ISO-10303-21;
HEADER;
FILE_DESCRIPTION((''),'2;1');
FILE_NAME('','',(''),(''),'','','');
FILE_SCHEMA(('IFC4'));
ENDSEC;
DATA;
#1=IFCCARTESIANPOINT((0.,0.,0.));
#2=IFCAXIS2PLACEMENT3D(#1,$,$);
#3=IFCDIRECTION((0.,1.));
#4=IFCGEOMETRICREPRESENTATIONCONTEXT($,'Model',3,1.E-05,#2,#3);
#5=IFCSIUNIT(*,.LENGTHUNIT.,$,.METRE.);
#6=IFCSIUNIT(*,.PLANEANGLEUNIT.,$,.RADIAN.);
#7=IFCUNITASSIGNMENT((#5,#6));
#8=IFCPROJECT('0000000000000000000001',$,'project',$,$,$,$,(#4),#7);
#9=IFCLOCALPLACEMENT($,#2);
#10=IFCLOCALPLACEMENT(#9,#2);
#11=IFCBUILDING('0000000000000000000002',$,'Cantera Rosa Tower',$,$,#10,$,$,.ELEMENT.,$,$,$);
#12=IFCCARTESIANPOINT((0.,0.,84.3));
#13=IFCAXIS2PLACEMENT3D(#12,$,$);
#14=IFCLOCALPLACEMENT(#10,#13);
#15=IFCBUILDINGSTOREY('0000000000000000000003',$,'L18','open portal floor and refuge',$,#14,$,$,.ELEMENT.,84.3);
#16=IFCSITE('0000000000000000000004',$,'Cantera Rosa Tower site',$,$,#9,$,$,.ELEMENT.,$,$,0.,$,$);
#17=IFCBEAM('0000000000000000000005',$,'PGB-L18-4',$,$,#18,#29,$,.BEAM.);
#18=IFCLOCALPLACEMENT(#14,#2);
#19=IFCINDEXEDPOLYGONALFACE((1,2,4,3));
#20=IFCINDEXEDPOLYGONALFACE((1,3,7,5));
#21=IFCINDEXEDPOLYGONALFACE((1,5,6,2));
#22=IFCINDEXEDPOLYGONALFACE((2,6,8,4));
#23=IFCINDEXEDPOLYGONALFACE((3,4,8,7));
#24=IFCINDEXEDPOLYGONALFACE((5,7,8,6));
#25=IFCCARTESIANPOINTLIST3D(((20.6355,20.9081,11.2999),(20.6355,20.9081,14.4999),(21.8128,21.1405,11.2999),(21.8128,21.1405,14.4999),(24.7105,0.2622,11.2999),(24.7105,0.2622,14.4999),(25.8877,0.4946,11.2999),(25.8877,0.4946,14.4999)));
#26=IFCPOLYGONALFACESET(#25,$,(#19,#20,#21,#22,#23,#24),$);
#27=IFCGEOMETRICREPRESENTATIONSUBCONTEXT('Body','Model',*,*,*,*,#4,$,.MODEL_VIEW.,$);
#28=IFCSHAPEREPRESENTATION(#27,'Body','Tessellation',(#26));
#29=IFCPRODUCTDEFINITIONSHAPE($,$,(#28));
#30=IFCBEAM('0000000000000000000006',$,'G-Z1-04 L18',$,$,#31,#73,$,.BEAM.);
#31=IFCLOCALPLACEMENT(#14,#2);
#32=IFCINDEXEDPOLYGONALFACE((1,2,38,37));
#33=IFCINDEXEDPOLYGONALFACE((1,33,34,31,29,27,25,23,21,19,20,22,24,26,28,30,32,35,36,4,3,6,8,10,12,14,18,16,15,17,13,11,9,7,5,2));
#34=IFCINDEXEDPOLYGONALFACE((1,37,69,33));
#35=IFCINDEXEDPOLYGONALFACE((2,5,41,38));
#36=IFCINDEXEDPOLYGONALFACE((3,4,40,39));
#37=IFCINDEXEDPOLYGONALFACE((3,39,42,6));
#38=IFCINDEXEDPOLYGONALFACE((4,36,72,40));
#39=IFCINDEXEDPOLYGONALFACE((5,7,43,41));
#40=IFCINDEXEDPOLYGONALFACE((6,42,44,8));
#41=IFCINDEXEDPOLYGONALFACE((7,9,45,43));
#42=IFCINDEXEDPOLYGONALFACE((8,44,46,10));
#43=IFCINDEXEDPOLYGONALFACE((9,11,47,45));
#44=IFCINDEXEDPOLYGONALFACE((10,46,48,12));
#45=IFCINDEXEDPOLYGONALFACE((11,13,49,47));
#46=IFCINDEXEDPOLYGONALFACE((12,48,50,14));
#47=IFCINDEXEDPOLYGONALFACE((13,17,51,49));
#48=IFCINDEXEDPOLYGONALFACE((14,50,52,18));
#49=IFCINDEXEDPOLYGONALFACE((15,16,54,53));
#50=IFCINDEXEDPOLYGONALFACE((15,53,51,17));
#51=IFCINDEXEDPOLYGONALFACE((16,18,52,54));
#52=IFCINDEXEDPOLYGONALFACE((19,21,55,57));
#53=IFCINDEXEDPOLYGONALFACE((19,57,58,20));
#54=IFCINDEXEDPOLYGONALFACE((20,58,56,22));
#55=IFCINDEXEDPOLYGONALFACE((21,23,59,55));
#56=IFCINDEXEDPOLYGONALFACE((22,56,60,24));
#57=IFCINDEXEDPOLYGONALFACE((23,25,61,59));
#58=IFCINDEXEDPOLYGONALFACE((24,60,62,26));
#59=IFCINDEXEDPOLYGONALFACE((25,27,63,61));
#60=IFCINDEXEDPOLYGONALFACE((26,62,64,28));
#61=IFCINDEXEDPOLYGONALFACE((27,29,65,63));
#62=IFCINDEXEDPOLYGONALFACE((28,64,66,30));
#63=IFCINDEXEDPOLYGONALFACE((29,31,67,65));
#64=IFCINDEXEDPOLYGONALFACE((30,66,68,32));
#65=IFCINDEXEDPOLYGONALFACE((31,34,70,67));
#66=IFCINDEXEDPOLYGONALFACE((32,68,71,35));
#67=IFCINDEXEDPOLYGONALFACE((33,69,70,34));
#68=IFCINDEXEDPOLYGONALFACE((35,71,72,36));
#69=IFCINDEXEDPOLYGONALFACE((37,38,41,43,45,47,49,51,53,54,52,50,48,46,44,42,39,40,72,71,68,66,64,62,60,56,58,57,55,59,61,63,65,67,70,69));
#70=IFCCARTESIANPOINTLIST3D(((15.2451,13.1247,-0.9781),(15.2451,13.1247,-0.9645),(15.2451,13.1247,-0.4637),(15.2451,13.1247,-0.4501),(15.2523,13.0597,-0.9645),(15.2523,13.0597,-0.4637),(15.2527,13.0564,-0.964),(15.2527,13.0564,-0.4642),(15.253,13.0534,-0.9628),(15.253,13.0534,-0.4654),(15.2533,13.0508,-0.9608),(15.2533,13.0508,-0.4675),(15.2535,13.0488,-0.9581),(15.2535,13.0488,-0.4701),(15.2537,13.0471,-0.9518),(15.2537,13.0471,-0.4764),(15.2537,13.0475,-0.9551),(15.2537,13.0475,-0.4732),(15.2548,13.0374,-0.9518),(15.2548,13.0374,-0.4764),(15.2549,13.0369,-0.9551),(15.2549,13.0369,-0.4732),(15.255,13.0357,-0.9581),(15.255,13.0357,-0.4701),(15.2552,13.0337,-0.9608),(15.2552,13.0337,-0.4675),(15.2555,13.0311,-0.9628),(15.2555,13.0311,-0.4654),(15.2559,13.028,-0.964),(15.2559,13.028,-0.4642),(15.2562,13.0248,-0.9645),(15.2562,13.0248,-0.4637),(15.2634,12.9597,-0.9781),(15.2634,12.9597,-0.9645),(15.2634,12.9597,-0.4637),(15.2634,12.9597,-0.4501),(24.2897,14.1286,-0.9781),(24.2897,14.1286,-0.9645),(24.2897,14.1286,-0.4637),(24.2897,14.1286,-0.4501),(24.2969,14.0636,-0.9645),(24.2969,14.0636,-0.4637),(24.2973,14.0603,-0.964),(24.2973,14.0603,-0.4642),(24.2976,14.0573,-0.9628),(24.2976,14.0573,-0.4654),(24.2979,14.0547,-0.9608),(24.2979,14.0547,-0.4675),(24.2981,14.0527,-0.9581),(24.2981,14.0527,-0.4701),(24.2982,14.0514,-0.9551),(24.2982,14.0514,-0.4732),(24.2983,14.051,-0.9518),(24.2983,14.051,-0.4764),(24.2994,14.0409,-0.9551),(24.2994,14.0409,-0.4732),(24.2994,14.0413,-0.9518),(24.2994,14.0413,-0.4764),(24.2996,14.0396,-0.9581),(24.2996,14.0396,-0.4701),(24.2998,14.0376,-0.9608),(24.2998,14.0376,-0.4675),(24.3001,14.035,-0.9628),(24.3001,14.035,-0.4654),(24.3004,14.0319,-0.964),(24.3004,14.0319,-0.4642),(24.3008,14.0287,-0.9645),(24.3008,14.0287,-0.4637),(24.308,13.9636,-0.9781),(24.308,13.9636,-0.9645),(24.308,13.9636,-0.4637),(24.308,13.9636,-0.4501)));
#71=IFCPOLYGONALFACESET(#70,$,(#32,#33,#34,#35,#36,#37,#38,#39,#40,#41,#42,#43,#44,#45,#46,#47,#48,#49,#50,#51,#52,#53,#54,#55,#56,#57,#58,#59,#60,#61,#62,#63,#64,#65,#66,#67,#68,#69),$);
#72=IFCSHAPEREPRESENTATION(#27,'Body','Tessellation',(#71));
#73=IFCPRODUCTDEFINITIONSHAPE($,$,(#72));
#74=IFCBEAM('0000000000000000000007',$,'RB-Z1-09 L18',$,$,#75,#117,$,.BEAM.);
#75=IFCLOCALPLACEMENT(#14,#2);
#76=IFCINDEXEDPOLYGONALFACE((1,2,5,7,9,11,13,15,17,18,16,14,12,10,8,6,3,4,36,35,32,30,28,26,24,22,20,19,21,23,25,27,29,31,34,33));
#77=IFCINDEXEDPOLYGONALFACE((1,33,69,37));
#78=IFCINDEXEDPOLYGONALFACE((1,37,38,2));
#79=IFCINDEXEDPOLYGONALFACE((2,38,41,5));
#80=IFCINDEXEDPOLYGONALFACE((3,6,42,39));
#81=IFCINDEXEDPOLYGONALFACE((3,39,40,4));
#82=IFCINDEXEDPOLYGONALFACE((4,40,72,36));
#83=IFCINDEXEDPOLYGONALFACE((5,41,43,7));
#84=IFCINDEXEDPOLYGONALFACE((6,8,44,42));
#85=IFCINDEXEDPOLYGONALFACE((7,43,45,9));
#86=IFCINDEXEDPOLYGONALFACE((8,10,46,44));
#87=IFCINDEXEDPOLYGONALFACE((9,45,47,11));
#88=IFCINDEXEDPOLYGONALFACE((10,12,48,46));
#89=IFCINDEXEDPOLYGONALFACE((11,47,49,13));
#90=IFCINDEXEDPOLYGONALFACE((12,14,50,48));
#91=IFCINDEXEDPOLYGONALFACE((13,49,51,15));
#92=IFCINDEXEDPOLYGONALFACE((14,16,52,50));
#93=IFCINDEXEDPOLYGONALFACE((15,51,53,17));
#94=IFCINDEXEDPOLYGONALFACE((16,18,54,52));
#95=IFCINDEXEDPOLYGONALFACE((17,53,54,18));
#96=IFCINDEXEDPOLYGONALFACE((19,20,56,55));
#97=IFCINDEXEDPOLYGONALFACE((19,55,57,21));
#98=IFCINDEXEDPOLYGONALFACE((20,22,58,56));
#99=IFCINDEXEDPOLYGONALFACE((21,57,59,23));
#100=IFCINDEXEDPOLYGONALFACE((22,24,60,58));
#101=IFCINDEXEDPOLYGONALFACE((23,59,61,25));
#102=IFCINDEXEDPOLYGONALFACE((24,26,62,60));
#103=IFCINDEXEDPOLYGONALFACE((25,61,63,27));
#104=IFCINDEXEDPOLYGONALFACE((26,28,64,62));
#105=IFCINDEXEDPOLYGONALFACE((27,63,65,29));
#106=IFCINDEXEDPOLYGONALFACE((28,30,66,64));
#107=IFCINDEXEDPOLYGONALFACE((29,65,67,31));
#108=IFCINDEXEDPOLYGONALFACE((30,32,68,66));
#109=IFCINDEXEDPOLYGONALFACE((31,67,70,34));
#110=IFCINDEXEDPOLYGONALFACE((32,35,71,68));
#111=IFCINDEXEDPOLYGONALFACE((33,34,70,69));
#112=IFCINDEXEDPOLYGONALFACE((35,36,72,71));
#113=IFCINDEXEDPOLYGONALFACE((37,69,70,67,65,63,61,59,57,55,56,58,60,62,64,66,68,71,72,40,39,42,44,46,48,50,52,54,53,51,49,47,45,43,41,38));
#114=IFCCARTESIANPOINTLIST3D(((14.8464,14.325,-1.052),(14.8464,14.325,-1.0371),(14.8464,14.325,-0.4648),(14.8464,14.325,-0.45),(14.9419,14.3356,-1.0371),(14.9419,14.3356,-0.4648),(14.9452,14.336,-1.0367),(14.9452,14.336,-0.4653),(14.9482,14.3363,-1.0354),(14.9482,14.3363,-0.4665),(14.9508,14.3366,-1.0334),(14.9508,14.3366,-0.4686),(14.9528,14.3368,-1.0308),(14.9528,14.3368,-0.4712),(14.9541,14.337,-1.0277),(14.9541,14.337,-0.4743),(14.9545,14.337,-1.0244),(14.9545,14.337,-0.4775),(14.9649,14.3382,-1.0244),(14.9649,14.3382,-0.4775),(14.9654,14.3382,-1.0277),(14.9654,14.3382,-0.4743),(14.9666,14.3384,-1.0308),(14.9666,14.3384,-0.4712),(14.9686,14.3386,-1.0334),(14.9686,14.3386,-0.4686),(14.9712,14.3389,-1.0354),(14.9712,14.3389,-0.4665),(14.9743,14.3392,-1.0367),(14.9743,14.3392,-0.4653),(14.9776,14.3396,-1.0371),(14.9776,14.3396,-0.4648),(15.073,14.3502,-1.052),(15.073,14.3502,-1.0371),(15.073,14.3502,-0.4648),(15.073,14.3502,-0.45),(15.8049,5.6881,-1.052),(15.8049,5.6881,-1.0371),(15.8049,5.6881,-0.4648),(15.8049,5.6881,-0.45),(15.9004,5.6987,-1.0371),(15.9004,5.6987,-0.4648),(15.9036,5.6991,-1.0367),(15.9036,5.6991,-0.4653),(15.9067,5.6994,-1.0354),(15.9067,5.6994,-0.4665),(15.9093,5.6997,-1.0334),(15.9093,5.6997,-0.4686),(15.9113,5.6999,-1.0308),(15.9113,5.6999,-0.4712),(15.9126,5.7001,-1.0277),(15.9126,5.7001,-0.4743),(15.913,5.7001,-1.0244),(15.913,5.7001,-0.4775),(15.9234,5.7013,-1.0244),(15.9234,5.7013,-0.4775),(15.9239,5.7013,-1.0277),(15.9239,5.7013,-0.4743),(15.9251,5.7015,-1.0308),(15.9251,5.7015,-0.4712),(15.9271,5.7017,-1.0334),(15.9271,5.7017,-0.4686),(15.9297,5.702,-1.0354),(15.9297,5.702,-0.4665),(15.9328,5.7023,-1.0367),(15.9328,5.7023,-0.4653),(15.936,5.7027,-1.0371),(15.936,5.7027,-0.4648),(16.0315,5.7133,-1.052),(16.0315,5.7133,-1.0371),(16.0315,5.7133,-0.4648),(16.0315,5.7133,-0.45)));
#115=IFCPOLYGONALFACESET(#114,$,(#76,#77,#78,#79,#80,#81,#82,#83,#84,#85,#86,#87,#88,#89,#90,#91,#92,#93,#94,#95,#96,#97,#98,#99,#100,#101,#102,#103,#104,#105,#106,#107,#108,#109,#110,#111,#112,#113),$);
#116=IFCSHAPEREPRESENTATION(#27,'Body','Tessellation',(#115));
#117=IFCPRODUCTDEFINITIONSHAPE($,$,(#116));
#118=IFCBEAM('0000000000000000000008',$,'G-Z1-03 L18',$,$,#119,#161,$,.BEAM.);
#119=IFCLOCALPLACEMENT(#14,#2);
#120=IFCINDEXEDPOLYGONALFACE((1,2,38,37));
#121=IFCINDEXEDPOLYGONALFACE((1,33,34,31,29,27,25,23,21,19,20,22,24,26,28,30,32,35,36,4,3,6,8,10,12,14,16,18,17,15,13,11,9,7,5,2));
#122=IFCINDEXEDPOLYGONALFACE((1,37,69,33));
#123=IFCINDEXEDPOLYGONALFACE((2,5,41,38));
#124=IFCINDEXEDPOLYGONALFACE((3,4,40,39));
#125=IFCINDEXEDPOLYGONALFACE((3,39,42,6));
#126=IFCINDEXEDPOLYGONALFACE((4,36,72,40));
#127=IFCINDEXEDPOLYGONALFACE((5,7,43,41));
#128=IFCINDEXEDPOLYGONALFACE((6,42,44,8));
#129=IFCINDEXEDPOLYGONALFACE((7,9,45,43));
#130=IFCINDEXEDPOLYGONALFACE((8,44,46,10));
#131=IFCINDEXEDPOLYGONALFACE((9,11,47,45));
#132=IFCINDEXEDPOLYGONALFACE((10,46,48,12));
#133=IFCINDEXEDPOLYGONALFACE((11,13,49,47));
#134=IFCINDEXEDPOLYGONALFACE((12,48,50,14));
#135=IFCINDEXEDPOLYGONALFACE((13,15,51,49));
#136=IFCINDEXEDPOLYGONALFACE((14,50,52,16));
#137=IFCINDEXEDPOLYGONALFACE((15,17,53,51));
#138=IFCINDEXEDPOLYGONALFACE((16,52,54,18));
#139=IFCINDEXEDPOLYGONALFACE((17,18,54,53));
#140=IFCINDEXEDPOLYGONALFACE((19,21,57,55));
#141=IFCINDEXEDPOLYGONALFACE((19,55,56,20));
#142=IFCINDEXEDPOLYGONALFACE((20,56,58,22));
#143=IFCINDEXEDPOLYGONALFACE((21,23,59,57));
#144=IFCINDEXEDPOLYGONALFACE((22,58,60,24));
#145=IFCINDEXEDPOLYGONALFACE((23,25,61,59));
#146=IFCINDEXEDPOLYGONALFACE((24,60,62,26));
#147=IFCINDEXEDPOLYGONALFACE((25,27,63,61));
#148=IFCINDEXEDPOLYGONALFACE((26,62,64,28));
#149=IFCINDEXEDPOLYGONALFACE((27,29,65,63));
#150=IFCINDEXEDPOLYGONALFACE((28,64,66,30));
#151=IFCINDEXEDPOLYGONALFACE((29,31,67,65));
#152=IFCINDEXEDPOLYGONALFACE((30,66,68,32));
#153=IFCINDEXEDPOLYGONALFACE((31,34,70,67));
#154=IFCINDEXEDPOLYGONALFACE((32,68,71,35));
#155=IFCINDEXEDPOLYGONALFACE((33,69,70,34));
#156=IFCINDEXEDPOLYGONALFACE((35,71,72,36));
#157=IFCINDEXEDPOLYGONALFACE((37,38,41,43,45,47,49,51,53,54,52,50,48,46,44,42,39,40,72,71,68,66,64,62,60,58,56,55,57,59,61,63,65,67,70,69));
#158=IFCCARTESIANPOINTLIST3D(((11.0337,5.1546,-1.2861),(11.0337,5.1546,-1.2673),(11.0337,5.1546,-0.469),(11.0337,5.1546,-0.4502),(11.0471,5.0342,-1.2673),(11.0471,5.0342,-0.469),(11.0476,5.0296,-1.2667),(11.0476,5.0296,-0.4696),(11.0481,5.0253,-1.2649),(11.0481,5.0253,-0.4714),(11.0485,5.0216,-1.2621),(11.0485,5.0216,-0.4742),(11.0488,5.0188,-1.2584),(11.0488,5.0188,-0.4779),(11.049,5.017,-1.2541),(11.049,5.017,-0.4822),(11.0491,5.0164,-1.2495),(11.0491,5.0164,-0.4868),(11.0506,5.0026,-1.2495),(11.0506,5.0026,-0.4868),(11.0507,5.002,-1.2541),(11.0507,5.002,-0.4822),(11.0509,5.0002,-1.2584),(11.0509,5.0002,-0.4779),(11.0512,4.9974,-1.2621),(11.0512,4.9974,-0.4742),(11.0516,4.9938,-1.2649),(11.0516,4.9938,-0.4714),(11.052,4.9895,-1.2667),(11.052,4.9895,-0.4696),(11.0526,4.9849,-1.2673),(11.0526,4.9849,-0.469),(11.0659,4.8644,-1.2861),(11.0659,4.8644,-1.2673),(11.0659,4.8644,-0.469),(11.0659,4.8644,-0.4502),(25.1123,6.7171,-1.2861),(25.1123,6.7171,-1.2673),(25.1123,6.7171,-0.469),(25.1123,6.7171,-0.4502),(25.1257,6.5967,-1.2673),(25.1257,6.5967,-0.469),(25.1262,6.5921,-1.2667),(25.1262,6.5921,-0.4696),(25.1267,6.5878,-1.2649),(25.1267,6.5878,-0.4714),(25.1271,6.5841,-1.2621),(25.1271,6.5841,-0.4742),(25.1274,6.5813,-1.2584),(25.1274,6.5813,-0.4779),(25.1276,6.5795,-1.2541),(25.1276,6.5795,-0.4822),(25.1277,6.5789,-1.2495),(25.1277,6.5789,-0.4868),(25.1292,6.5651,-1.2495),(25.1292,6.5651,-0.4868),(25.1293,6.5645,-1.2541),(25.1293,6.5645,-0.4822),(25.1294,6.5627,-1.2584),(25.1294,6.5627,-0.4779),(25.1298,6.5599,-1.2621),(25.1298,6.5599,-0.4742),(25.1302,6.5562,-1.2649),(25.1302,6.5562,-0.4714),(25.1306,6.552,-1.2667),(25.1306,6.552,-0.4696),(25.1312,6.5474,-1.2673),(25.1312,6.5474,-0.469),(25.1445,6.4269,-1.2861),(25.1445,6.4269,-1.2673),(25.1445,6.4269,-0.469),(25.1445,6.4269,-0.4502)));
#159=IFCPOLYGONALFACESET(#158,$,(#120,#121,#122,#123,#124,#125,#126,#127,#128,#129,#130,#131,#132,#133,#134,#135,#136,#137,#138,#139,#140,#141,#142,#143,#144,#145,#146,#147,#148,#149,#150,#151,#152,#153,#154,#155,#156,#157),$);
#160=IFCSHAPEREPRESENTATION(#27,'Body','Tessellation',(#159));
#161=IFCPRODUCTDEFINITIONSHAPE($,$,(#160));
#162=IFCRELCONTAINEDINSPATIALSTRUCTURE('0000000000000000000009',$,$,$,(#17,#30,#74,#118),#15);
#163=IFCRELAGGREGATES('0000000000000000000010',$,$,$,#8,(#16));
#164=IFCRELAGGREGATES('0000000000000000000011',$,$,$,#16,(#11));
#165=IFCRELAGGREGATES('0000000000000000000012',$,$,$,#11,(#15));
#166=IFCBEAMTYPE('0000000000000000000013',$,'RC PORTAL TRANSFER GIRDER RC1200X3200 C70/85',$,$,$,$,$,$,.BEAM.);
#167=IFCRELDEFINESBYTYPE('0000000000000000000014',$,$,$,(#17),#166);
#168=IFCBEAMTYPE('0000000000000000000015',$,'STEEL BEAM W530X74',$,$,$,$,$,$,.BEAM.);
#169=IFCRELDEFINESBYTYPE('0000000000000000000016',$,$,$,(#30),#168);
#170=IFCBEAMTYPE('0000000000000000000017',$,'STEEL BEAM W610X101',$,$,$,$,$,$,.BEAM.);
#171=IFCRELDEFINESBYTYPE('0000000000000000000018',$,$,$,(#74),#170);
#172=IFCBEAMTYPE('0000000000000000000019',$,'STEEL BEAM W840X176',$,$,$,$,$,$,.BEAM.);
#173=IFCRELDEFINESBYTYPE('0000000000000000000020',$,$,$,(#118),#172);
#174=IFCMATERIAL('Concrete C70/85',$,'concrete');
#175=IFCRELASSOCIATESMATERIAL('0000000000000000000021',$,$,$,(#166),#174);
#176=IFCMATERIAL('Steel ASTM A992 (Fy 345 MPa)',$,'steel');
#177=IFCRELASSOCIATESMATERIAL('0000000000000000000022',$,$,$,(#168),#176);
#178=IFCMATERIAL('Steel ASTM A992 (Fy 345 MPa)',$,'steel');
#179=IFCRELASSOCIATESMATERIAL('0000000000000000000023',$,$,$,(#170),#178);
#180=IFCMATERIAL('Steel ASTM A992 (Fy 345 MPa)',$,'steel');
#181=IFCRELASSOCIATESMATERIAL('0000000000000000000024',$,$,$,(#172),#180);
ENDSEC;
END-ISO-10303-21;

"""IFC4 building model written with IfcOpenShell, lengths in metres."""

from ifc_helpers import new_model, si_unit, direction, frame, origin, origin_2d, place, context, subcontext, project, spatial, rectangle, i_section, extrude, material, material_profile, profile_set, type_object, element, save


model = new_model("IFC4")

# Units and contexts
model_context = context("Model", 3, precision=1e-05, world=origin(), true_north=direction((0.0, 1.0)))
body_context = subcontext(model_context, "Body", "Model", "MODEL_VIEW")
ifc_project = project(units=[si_unit("LENGTHUNIT", "METRE"), si_unit("PLANEANGLEUNIT", "RADIAN")], contexts=[model_context])

# Site, building, storey
site_placement = place(None, origin())
site = spatial("IfcSite", under=ifc_project, at=site_placement, Name="Cantera Rosa Tower site", CompositionType="ELEMENT", RefElevation=0.0)
building_placement = place(site_placement, origin())
building = spatial("IfcBuilding", under=site, at=building_placement, Name="Cantera Rosa Tower", CompositionType="ELEMENT")
storey_placement = place(building_placement, frame((0.0, 0.0, 84.3)))
storey = spatial("IfcBuildingStorey", under=building, at=storey_placement, Name="L18", Description="open portal floor and refuge", CompositionType="ELEMENT", Elevation=84.3)

# Beams
ifc_material_1 = material(Name="Concrete C70/85", Category="concrete")
ifc_material_profile_1 = material_profile(ifc_material_1, rectangle(XDim=1.2, YDim=3.2, at=origin_2d()), Name="RC PORTAL TRANSFER GIRDER RC1200X3200 C70/85")
ifc_profile_set_1 = profile_set([ifc_material_profile_1], Name="Concrete C70/85")
beam_type_1 = type_object("IfcBeamType", Name="RC PORTAL TRANSFER GIRDER RC1200X3200 C70/85", PredefinedType="BEAM", material=ifc_profile_set_1)
beam_1_placement = place(storey_placement, frame((25.2991, 0.3784, 12.8999), z_axis=(-0.193637, 0.981073, 0.0), x_axis=(-0.981073, -0.193637, 0.0)))
element("IfcBeam", 1, at=beam_1_placement, inside=storey, type_object=beam_type_1, Name="PGB-L18-4", PredefinedType="BEAM", context=body_context, shape_type="SweptSolid", body=[
    extrude(rectangle(XDim=1.2, YDim=3.2, at=origin_2d()), origin(), (0.0, 0.0, 1.0), 21.0442),
])
ifc_material_2 = material(Name="Steel ASTM A992 (Fy 345 MPa)", Category="steel")
ifc_material_profile_2 = material_profile(ifc_material_2, i_section(OverallWidth=0.166, OverallDepth=0.5281, WebThickness=0.0098, FlangeThickness=0.0137, FilletRadius=0.0127, at=origin_2d()), Name="W530X74")
ifc_profile_set_2 = profile_set([ifc_material_profile_2], Name="Steel ASTM A992 (Fy 345 MPa)")
beam_type_2 = type_object("IfcBeamType", Name="STEEL BEAM W530X74", PredefinedType="BEAM", material=ifc_profile_set_2)
beam_2_placement = place(storey_placement, frame((24.2988, 14.0461, -0.7141), z_axis=(-0.993896, -0.11032, 0.0), x_axis=(0.11032, -0.993896, 0.0)))
element("IfcBeam", 2, at=beam_2_placement, inside=storey, type_object=beam_type_2, Name="G-Z1-04 L18", PredefinedType="BEAM", context=body_context, shape_type="SweptSolid", body=[
    extrude(i_section(OverallWidth=0.166, OverallDepth=0.5281, WebThickness=0.0098, FlangeThickness=0.0137, FilletRadius=0.0127, at=origin_2d()), origin(), (0.0, 0.0, 1.0), 9.1001),
])
ifc_material_3 = material(Name="Steel ASTM A992 (Fy 345 MPa)", Category="steel")
ifc_material_profile_3 = material_profile(ifc_material_3, i_section(OverallWidth=0.228, OverallDepth=0.6021, WebThickness=0.0105, FlangeThickness=0.0149, FilletRadius=0.0127, at=origin_2d()), Name="W610X101")
ifc_profile_set_3 = profile_set([ifc_material_profile_3], Name="Steel ASTM A992 (Fy 345 MPa)")
beam_type_3 = type_object("IfcBeamType", Name="STEEL BEAM W610X101", PredefinedType="BEAM", material=ifc_profile_set_3)
beam_3_placement = place(storey_placement, frame((15.9182, 5.7007, -0.751), z_axis=(-0.110299, 0.993898, 0.0), x_axis=(-0.993898, -0.110299, 0.0)))
element("IfcBeam", 3, at=beam_3_placement, inside=storey, type_object=beam_type_3, Name="RB-Z1-09 L18", PredefinedType="BEAM", context=body_context, shape_type="SweptSolid", body=[
    extrude(i_section(OverallWidth=0.228, OverallDepth=0.6021, WebThickness=0.0105, FlangeThickness=0.0149, FilletRadius=0.0127, at=origin_2d()), origin(), (0.0, 0.0, 1.0), 8.6899),
])
ifc_material_4 = material(Name="Steel ASTM A992 (Fy 345 MPa)", Category="steel")
ifc_material_profile_4 = material_profile(ifc_material_4, i_section(OverallWidth=0.292, OverallDepth=0.8359, WebThickness=0.0139, FlangeThickness=0.0188, FilletRadius=0.0178, at=origin_2d()), Name="W840X176")
ifc_profile_set_4 = profile_set([ifc_material_profile_4], Name="Steel ASTM A992 (Fy 345 MPa)")
beam_type_4 = type_object("IfcBeamType", Name="STEEL BEAM W840X176", PredefinedType="BEAM", material=ifc_profile_set_4)
beam_4_placement = place(storey_placement, frame((25.1284, 6.572, -0.8682), z_axis=(-0.993898, -0.110307, 0.0), x_axis=(0.110307, -0.993898, 0.0)))
element("IfcBeam", 4, at=beam_4_placement, inside=storey, type_object=beam_type_4, Name="G-Z1-03 L18", PredefinedType="BEAM", context=body_context, shape_type="SweptSolid", body=[
    extrude(i_section(OverallWidth=0.292, OverallDepth=0.8359, WebThickness=0.0139, FlangeThickness=0.0188, FilletRadius=0.0178, at=origin_2d()), origin(), (0.0, 0.0, 1.0), 14.165),
])

save(model, "model.ifc")
